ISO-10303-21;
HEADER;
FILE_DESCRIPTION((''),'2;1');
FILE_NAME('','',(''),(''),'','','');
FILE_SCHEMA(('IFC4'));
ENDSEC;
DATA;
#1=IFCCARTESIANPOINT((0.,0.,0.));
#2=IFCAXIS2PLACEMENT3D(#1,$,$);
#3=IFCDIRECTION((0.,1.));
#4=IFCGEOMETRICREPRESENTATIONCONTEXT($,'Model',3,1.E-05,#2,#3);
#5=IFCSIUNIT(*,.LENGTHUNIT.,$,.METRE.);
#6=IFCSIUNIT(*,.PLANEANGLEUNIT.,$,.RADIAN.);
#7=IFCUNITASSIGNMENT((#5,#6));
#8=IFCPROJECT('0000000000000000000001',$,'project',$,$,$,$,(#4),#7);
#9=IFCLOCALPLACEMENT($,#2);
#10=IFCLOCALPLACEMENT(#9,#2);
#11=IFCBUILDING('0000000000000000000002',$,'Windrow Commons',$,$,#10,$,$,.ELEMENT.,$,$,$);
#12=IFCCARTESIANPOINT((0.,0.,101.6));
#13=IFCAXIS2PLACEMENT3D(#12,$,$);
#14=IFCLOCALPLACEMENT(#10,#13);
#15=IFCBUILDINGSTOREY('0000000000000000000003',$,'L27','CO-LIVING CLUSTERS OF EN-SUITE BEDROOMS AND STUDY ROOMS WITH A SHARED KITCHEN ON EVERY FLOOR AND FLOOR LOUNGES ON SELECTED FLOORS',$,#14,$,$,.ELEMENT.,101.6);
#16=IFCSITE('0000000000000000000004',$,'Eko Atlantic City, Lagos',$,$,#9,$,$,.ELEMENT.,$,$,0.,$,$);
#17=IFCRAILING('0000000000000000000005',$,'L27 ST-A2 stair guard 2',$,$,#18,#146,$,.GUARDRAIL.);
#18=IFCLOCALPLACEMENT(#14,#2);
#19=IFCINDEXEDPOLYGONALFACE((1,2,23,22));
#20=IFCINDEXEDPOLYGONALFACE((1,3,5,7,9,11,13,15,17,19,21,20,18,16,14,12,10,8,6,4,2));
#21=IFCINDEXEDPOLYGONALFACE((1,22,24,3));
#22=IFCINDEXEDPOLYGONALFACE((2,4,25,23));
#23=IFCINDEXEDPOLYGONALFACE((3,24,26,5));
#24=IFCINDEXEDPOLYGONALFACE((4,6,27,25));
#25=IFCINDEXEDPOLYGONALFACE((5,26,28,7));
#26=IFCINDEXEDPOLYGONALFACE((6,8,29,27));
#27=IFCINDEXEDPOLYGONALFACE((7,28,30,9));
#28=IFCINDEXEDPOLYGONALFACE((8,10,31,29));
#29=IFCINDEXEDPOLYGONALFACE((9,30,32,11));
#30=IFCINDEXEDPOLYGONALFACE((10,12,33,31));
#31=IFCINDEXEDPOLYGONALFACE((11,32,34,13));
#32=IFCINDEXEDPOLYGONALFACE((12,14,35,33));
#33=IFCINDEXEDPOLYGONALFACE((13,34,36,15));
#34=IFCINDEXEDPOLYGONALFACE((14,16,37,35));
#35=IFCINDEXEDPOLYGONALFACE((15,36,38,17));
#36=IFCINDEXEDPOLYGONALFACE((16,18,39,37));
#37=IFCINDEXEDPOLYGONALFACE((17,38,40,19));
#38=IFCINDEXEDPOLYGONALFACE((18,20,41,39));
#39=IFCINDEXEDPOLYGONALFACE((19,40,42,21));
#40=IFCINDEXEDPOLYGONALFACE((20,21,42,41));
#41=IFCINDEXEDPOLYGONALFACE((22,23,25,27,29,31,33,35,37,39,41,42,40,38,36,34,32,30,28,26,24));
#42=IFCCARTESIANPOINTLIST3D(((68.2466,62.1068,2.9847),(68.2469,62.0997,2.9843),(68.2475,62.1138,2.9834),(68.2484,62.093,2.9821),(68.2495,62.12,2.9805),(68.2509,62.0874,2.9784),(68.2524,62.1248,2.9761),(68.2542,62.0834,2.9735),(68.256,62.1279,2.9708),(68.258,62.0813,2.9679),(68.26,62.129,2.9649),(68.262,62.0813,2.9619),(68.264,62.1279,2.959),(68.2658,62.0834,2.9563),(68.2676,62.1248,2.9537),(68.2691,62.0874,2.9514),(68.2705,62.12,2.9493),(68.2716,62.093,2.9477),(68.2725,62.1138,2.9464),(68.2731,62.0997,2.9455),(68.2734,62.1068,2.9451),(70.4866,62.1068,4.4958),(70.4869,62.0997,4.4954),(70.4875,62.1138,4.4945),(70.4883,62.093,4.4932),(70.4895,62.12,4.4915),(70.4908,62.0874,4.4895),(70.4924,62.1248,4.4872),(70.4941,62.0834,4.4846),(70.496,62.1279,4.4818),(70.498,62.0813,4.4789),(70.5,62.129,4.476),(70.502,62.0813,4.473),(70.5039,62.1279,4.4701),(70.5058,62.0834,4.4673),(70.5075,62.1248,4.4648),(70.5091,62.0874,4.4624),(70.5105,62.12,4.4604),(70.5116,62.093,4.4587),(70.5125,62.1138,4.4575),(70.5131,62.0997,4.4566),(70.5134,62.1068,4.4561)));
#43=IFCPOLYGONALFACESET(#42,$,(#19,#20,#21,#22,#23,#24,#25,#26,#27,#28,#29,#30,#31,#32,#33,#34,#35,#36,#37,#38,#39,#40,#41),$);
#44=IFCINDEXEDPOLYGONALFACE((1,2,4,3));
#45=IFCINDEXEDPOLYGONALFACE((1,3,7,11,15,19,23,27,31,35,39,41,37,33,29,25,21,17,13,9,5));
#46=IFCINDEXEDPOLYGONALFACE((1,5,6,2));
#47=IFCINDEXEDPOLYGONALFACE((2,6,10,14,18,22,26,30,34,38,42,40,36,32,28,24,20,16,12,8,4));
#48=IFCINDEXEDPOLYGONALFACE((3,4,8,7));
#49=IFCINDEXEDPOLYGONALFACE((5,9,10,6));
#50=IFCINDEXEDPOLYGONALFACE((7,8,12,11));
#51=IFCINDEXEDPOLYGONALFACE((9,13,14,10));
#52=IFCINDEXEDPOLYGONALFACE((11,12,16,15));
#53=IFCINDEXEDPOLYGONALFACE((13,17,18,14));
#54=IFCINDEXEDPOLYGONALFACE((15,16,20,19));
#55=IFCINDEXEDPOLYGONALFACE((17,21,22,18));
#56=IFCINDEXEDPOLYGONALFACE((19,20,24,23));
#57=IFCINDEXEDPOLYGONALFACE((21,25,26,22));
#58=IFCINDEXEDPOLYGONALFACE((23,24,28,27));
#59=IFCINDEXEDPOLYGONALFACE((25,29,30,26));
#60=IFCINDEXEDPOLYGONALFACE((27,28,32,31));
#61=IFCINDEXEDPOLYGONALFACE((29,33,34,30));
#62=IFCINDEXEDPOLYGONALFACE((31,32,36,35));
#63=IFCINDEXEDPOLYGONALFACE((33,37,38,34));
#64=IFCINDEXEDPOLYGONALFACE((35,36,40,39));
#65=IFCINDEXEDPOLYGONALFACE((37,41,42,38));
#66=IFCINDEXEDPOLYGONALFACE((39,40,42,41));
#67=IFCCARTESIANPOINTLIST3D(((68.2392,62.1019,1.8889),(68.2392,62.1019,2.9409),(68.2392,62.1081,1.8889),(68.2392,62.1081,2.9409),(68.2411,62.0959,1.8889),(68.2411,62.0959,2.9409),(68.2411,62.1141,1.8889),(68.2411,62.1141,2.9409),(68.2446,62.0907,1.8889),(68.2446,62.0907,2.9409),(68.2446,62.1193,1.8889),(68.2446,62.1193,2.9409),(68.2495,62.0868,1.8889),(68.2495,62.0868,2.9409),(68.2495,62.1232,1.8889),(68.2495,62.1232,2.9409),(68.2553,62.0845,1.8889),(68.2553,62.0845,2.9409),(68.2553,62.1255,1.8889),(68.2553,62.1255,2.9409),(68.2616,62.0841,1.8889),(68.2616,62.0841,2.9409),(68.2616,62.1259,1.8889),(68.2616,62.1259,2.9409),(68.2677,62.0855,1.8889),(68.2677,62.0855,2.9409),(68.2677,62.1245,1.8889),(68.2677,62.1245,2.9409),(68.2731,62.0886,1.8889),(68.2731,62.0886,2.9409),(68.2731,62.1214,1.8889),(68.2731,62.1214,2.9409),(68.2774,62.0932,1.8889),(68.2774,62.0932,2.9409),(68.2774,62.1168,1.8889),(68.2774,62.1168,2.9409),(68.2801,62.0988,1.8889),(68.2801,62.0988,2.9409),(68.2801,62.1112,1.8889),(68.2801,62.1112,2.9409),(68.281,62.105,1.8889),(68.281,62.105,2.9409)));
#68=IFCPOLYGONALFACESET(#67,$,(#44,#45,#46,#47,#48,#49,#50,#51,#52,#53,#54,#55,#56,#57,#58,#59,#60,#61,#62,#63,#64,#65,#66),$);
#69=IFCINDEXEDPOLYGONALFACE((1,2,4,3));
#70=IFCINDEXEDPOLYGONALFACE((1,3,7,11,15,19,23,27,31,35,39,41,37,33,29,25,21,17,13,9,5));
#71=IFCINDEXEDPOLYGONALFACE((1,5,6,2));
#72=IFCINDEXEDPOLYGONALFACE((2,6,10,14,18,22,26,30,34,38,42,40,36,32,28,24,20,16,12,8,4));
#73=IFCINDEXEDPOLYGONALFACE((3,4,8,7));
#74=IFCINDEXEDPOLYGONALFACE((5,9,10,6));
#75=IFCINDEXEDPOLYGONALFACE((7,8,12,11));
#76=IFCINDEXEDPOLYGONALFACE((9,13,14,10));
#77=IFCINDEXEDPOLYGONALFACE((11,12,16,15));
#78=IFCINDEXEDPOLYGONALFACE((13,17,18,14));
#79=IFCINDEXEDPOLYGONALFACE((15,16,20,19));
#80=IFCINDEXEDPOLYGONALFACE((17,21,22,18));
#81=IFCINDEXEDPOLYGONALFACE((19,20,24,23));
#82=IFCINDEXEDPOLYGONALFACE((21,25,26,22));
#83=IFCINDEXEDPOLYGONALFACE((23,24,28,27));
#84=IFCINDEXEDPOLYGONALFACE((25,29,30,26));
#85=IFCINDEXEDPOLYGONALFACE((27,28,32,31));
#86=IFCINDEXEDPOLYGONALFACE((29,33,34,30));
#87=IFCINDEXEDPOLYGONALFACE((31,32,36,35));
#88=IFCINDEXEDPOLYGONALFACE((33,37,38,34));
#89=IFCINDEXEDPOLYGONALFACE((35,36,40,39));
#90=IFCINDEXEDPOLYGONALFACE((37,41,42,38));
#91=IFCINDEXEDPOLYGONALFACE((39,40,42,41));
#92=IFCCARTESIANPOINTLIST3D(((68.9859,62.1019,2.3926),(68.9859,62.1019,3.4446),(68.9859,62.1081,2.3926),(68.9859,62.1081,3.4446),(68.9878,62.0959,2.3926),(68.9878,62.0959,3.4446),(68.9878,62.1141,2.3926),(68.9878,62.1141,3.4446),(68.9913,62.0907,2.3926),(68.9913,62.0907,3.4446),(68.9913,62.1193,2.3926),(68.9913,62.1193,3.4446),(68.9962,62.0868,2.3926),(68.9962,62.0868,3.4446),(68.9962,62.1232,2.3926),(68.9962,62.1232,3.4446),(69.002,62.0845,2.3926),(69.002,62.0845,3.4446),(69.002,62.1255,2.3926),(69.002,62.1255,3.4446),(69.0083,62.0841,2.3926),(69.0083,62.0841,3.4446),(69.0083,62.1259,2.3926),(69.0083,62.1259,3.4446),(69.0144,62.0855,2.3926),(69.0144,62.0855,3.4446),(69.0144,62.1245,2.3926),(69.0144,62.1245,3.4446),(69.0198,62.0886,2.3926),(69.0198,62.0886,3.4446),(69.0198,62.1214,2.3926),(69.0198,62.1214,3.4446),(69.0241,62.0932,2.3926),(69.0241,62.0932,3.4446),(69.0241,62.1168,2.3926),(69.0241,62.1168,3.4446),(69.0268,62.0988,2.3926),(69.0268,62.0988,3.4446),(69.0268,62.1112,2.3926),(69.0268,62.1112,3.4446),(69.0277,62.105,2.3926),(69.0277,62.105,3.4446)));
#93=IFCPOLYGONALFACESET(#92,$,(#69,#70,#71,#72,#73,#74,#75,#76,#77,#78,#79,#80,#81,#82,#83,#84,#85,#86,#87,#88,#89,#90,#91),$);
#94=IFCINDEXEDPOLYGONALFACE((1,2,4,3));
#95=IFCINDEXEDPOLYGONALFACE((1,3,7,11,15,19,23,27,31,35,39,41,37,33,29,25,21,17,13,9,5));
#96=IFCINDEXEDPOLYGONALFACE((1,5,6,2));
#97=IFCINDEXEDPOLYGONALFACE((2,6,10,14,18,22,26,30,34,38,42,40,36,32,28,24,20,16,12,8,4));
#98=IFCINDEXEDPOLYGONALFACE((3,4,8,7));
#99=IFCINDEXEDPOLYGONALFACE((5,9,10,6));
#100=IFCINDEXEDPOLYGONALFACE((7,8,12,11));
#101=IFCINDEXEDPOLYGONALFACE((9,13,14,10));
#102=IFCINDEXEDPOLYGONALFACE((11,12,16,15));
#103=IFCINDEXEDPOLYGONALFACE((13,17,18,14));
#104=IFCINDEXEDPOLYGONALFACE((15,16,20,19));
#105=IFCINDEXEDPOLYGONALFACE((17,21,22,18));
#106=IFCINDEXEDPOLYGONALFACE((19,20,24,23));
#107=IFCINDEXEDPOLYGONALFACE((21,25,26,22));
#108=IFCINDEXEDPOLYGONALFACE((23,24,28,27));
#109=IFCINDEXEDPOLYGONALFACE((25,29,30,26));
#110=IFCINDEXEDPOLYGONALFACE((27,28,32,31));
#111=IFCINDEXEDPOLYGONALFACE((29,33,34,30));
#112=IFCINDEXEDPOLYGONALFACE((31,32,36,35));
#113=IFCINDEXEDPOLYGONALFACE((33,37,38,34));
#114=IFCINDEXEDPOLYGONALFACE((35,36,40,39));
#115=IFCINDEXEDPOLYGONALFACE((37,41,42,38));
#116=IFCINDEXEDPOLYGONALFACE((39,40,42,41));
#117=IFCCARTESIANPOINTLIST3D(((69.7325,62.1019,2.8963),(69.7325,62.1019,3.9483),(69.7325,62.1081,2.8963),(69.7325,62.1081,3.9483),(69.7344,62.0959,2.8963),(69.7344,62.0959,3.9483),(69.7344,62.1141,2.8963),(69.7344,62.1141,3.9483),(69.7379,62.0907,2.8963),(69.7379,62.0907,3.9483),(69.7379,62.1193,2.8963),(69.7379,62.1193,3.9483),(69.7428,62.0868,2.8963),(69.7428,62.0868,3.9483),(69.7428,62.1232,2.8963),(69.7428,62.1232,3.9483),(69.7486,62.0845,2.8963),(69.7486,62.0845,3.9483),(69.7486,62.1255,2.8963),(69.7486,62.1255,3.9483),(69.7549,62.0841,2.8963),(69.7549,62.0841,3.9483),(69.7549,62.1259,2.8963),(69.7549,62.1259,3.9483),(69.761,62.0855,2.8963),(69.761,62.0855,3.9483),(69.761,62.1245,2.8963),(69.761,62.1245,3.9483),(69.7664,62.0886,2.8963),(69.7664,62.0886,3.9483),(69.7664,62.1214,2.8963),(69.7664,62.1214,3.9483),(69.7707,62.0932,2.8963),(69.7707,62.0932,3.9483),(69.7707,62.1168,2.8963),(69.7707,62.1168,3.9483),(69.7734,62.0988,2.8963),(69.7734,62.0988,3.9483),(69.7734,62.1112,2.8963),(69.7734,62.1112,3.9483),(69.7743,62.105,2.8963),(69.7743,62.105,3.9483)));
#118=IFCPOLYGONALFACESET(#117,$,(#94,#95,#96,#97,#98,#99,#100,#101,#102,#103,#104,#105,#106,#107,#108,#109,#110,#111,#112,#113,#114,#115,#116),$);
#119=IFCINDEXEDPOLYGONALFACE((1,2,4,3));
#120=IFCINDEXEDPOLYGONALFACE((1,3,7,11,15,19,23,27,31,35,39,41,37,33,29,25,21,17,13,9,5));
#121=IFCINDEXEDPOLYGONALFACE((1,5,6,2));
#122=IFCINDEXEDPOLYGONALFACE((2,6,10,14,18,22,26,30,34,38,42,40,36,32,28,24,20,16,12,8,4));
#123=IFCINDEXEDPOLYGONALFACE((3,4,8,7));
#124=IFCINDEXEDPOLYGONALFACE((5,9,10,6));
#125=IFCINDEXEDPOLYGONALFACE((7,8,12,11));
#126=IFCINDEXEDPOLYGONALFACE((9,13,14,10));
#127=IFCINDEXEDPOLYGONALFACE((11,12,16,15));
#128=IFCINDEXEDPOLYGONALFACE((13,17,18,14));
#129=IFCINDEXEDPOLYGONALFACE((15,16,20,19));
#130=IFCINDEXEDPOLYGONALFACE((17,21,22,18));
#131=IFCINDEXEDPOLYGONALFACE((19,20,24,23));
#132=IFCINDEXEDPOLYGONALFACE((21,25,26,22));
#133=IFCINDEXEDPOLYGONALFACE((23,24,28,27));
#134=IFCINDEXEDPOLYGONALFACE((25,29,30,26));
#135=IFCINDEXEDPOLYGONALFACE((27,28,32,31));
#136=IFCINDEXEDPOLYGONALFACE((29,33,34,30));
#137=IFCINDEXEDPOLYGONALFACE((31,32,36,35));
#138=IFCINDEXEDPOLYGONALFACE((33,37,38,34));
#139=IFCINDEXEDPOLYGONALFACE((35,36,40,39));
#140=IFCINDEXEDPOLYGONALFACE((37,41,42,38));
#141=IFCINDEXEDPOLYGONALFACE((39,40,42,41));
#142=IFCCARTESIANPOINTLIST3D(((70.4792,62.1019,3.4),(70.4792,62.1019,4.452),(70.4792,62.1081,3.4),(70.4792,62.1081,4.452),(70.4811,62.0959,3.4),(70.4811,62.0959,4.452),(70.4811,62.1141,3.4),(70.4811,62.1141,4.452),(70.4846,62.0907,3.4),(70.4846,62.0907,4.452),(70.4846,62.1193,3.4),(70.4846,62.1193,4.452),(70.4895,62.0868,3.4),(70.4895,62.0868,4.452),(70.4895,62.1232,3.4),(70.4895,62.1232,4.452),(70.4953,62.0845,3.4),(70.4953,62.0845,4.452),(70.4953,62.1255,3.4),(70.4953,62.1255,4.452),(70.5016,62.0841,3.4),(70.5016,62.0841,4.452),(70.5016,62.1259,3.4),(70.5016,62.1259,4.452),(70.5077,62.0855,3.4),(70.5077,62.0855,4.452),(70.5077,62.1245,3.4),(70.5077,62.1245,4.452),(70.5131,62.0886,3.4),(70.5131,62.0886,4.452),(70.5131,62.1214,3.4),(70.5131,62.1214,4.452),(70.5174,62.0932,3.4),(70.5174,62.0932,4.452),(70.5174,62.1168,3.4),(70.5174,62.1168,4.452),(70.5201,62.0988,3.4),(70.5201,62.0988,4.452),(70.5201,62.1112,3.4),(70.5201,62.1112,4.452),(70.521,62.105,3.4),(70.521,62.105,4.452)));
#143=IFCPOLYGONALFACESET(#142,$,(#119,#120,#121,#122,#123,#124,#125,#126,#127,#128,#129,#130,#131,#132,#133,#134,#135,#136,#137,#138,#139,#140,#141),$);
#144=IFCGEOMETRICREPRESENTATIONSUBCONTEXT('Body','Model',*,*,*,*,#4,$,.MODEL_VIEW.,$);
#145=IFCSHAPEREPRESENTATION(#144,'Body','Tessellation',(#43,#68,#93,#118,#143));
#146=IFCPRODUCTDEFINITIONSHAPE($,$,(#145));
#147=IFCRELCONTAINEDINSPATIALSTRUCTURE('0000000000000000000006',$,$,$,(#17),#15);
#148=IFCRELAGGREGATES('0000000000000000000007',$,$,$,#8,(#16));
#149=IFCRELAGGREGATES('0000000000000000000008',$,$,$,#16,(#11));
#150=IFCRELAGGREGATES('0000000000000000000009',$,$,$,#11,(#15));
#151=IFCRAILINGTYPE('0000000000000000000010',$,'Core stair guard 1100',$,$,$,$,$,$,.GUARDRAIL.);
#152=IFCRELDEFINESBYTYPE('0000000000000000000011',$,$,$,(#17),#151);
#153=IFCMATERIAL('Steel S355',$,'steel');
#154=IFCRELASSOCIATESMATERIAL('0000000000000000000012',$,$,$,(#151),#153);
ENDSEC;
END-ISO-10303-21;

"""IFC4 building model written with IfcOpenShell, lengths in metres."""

from ifc_helpers import new_model, si_unit, direction, frame, origin, origin_2d, place, context, subcontext, project, spatial, circle, extrude, material, type_object, element, save


model = new_model("IFC4")

# Units and contexts
model_context = context("Model", 3, precision=1e-05, world=origin(), true_north=direction((0.0, 1.0)))
body_context = subcontext(model_context, "Body", "Model", "MODEL_VIEW")
ifc_project = project(units=[si_unit("LENGTHUNIT", "METRE"), si_unit("PLANEANGLEUNIT", "RADIAN")], contexts=[model_context])

# Site, building, storey
site_placement = place(None, origin())
site = spatial("IfcSite", under=ifc_project, at=site_placement, Name="Eko Atlantic City, Lagos", CompositionType="ELEMENT", RefElevation=0.0)
building_placement = place(site_placement, origin())
building = spatial("IfcBuilding", under=site, at=building_placement, Name="Windrow Commons", CompositionType="ELEMENT")
storey_placement = place(building_placement, frame((0.0, 0.0, 101.6)))
storey = spatial("IfcBuildingStorey", under=building, at=storey_placement, Name="L27", Description="CO-LIVING CLUSTERS OF EN-SUITE BEDROOMS AND STUDY ROOMS WITH A SHARED KITCHEN ON EVERY FLOOR AND FLOOR LOUNGES ON SELECTED FLOORS", CompositionType="ELEMENT", Elevation=101.6)

# Railing
ifc_material_1 = material(Name="Steel S355", Category="steel")
railing_type_1 = type_object("IfcRailingType", Name="Core stair guard 1100", PredefinedType="GUARDRAIL", material=ifc_material_1)
railing_1_placement = place(storey_placement, frame((68.26, 62.105, 1.8889)))
element("IfcRailing", 1, at=railing_1_placement, inside=storey, type_object=railing_type_1, Name="L27 ST-A2 stair guard 2", PredefinedType="GUARDRAIL", context=body_context, shape_type="SweptSolid", body=[
    extrude(circle(Radius=0.024, at=origin_2d()), frame((0.0, 0.0, 1.076), z_axis=(0.829003, 0.0, 0.559244), x_axis=(0.0, 1.0, 0.0)), (0.0, 0.0, 1.0), 2.702),
    extrude(circle(Radius=0.021, at=origin_2d()), origin(), (0.0, 0.0, 1.0), 1.052),
    extrude(circle(Radius=0.021, at=origin_2d()), frame((0.7467, 0.0, 0.5037)), (0.0, 0.0, 1.0), 1.052),
    extrude(circle(Radius=0.021, at=origin_2d()), frame((1.4933, 0.0, 1.0074)), (0.0, 0.0, 1.0), 1.052),
    extrude(circle(Radius=0.021, at=origin_2d()), frame((2.24, 0.0, 1.5111)), (0.0, 0.0, 1.0), 1.052),
])

save(model, "model.ifc")
